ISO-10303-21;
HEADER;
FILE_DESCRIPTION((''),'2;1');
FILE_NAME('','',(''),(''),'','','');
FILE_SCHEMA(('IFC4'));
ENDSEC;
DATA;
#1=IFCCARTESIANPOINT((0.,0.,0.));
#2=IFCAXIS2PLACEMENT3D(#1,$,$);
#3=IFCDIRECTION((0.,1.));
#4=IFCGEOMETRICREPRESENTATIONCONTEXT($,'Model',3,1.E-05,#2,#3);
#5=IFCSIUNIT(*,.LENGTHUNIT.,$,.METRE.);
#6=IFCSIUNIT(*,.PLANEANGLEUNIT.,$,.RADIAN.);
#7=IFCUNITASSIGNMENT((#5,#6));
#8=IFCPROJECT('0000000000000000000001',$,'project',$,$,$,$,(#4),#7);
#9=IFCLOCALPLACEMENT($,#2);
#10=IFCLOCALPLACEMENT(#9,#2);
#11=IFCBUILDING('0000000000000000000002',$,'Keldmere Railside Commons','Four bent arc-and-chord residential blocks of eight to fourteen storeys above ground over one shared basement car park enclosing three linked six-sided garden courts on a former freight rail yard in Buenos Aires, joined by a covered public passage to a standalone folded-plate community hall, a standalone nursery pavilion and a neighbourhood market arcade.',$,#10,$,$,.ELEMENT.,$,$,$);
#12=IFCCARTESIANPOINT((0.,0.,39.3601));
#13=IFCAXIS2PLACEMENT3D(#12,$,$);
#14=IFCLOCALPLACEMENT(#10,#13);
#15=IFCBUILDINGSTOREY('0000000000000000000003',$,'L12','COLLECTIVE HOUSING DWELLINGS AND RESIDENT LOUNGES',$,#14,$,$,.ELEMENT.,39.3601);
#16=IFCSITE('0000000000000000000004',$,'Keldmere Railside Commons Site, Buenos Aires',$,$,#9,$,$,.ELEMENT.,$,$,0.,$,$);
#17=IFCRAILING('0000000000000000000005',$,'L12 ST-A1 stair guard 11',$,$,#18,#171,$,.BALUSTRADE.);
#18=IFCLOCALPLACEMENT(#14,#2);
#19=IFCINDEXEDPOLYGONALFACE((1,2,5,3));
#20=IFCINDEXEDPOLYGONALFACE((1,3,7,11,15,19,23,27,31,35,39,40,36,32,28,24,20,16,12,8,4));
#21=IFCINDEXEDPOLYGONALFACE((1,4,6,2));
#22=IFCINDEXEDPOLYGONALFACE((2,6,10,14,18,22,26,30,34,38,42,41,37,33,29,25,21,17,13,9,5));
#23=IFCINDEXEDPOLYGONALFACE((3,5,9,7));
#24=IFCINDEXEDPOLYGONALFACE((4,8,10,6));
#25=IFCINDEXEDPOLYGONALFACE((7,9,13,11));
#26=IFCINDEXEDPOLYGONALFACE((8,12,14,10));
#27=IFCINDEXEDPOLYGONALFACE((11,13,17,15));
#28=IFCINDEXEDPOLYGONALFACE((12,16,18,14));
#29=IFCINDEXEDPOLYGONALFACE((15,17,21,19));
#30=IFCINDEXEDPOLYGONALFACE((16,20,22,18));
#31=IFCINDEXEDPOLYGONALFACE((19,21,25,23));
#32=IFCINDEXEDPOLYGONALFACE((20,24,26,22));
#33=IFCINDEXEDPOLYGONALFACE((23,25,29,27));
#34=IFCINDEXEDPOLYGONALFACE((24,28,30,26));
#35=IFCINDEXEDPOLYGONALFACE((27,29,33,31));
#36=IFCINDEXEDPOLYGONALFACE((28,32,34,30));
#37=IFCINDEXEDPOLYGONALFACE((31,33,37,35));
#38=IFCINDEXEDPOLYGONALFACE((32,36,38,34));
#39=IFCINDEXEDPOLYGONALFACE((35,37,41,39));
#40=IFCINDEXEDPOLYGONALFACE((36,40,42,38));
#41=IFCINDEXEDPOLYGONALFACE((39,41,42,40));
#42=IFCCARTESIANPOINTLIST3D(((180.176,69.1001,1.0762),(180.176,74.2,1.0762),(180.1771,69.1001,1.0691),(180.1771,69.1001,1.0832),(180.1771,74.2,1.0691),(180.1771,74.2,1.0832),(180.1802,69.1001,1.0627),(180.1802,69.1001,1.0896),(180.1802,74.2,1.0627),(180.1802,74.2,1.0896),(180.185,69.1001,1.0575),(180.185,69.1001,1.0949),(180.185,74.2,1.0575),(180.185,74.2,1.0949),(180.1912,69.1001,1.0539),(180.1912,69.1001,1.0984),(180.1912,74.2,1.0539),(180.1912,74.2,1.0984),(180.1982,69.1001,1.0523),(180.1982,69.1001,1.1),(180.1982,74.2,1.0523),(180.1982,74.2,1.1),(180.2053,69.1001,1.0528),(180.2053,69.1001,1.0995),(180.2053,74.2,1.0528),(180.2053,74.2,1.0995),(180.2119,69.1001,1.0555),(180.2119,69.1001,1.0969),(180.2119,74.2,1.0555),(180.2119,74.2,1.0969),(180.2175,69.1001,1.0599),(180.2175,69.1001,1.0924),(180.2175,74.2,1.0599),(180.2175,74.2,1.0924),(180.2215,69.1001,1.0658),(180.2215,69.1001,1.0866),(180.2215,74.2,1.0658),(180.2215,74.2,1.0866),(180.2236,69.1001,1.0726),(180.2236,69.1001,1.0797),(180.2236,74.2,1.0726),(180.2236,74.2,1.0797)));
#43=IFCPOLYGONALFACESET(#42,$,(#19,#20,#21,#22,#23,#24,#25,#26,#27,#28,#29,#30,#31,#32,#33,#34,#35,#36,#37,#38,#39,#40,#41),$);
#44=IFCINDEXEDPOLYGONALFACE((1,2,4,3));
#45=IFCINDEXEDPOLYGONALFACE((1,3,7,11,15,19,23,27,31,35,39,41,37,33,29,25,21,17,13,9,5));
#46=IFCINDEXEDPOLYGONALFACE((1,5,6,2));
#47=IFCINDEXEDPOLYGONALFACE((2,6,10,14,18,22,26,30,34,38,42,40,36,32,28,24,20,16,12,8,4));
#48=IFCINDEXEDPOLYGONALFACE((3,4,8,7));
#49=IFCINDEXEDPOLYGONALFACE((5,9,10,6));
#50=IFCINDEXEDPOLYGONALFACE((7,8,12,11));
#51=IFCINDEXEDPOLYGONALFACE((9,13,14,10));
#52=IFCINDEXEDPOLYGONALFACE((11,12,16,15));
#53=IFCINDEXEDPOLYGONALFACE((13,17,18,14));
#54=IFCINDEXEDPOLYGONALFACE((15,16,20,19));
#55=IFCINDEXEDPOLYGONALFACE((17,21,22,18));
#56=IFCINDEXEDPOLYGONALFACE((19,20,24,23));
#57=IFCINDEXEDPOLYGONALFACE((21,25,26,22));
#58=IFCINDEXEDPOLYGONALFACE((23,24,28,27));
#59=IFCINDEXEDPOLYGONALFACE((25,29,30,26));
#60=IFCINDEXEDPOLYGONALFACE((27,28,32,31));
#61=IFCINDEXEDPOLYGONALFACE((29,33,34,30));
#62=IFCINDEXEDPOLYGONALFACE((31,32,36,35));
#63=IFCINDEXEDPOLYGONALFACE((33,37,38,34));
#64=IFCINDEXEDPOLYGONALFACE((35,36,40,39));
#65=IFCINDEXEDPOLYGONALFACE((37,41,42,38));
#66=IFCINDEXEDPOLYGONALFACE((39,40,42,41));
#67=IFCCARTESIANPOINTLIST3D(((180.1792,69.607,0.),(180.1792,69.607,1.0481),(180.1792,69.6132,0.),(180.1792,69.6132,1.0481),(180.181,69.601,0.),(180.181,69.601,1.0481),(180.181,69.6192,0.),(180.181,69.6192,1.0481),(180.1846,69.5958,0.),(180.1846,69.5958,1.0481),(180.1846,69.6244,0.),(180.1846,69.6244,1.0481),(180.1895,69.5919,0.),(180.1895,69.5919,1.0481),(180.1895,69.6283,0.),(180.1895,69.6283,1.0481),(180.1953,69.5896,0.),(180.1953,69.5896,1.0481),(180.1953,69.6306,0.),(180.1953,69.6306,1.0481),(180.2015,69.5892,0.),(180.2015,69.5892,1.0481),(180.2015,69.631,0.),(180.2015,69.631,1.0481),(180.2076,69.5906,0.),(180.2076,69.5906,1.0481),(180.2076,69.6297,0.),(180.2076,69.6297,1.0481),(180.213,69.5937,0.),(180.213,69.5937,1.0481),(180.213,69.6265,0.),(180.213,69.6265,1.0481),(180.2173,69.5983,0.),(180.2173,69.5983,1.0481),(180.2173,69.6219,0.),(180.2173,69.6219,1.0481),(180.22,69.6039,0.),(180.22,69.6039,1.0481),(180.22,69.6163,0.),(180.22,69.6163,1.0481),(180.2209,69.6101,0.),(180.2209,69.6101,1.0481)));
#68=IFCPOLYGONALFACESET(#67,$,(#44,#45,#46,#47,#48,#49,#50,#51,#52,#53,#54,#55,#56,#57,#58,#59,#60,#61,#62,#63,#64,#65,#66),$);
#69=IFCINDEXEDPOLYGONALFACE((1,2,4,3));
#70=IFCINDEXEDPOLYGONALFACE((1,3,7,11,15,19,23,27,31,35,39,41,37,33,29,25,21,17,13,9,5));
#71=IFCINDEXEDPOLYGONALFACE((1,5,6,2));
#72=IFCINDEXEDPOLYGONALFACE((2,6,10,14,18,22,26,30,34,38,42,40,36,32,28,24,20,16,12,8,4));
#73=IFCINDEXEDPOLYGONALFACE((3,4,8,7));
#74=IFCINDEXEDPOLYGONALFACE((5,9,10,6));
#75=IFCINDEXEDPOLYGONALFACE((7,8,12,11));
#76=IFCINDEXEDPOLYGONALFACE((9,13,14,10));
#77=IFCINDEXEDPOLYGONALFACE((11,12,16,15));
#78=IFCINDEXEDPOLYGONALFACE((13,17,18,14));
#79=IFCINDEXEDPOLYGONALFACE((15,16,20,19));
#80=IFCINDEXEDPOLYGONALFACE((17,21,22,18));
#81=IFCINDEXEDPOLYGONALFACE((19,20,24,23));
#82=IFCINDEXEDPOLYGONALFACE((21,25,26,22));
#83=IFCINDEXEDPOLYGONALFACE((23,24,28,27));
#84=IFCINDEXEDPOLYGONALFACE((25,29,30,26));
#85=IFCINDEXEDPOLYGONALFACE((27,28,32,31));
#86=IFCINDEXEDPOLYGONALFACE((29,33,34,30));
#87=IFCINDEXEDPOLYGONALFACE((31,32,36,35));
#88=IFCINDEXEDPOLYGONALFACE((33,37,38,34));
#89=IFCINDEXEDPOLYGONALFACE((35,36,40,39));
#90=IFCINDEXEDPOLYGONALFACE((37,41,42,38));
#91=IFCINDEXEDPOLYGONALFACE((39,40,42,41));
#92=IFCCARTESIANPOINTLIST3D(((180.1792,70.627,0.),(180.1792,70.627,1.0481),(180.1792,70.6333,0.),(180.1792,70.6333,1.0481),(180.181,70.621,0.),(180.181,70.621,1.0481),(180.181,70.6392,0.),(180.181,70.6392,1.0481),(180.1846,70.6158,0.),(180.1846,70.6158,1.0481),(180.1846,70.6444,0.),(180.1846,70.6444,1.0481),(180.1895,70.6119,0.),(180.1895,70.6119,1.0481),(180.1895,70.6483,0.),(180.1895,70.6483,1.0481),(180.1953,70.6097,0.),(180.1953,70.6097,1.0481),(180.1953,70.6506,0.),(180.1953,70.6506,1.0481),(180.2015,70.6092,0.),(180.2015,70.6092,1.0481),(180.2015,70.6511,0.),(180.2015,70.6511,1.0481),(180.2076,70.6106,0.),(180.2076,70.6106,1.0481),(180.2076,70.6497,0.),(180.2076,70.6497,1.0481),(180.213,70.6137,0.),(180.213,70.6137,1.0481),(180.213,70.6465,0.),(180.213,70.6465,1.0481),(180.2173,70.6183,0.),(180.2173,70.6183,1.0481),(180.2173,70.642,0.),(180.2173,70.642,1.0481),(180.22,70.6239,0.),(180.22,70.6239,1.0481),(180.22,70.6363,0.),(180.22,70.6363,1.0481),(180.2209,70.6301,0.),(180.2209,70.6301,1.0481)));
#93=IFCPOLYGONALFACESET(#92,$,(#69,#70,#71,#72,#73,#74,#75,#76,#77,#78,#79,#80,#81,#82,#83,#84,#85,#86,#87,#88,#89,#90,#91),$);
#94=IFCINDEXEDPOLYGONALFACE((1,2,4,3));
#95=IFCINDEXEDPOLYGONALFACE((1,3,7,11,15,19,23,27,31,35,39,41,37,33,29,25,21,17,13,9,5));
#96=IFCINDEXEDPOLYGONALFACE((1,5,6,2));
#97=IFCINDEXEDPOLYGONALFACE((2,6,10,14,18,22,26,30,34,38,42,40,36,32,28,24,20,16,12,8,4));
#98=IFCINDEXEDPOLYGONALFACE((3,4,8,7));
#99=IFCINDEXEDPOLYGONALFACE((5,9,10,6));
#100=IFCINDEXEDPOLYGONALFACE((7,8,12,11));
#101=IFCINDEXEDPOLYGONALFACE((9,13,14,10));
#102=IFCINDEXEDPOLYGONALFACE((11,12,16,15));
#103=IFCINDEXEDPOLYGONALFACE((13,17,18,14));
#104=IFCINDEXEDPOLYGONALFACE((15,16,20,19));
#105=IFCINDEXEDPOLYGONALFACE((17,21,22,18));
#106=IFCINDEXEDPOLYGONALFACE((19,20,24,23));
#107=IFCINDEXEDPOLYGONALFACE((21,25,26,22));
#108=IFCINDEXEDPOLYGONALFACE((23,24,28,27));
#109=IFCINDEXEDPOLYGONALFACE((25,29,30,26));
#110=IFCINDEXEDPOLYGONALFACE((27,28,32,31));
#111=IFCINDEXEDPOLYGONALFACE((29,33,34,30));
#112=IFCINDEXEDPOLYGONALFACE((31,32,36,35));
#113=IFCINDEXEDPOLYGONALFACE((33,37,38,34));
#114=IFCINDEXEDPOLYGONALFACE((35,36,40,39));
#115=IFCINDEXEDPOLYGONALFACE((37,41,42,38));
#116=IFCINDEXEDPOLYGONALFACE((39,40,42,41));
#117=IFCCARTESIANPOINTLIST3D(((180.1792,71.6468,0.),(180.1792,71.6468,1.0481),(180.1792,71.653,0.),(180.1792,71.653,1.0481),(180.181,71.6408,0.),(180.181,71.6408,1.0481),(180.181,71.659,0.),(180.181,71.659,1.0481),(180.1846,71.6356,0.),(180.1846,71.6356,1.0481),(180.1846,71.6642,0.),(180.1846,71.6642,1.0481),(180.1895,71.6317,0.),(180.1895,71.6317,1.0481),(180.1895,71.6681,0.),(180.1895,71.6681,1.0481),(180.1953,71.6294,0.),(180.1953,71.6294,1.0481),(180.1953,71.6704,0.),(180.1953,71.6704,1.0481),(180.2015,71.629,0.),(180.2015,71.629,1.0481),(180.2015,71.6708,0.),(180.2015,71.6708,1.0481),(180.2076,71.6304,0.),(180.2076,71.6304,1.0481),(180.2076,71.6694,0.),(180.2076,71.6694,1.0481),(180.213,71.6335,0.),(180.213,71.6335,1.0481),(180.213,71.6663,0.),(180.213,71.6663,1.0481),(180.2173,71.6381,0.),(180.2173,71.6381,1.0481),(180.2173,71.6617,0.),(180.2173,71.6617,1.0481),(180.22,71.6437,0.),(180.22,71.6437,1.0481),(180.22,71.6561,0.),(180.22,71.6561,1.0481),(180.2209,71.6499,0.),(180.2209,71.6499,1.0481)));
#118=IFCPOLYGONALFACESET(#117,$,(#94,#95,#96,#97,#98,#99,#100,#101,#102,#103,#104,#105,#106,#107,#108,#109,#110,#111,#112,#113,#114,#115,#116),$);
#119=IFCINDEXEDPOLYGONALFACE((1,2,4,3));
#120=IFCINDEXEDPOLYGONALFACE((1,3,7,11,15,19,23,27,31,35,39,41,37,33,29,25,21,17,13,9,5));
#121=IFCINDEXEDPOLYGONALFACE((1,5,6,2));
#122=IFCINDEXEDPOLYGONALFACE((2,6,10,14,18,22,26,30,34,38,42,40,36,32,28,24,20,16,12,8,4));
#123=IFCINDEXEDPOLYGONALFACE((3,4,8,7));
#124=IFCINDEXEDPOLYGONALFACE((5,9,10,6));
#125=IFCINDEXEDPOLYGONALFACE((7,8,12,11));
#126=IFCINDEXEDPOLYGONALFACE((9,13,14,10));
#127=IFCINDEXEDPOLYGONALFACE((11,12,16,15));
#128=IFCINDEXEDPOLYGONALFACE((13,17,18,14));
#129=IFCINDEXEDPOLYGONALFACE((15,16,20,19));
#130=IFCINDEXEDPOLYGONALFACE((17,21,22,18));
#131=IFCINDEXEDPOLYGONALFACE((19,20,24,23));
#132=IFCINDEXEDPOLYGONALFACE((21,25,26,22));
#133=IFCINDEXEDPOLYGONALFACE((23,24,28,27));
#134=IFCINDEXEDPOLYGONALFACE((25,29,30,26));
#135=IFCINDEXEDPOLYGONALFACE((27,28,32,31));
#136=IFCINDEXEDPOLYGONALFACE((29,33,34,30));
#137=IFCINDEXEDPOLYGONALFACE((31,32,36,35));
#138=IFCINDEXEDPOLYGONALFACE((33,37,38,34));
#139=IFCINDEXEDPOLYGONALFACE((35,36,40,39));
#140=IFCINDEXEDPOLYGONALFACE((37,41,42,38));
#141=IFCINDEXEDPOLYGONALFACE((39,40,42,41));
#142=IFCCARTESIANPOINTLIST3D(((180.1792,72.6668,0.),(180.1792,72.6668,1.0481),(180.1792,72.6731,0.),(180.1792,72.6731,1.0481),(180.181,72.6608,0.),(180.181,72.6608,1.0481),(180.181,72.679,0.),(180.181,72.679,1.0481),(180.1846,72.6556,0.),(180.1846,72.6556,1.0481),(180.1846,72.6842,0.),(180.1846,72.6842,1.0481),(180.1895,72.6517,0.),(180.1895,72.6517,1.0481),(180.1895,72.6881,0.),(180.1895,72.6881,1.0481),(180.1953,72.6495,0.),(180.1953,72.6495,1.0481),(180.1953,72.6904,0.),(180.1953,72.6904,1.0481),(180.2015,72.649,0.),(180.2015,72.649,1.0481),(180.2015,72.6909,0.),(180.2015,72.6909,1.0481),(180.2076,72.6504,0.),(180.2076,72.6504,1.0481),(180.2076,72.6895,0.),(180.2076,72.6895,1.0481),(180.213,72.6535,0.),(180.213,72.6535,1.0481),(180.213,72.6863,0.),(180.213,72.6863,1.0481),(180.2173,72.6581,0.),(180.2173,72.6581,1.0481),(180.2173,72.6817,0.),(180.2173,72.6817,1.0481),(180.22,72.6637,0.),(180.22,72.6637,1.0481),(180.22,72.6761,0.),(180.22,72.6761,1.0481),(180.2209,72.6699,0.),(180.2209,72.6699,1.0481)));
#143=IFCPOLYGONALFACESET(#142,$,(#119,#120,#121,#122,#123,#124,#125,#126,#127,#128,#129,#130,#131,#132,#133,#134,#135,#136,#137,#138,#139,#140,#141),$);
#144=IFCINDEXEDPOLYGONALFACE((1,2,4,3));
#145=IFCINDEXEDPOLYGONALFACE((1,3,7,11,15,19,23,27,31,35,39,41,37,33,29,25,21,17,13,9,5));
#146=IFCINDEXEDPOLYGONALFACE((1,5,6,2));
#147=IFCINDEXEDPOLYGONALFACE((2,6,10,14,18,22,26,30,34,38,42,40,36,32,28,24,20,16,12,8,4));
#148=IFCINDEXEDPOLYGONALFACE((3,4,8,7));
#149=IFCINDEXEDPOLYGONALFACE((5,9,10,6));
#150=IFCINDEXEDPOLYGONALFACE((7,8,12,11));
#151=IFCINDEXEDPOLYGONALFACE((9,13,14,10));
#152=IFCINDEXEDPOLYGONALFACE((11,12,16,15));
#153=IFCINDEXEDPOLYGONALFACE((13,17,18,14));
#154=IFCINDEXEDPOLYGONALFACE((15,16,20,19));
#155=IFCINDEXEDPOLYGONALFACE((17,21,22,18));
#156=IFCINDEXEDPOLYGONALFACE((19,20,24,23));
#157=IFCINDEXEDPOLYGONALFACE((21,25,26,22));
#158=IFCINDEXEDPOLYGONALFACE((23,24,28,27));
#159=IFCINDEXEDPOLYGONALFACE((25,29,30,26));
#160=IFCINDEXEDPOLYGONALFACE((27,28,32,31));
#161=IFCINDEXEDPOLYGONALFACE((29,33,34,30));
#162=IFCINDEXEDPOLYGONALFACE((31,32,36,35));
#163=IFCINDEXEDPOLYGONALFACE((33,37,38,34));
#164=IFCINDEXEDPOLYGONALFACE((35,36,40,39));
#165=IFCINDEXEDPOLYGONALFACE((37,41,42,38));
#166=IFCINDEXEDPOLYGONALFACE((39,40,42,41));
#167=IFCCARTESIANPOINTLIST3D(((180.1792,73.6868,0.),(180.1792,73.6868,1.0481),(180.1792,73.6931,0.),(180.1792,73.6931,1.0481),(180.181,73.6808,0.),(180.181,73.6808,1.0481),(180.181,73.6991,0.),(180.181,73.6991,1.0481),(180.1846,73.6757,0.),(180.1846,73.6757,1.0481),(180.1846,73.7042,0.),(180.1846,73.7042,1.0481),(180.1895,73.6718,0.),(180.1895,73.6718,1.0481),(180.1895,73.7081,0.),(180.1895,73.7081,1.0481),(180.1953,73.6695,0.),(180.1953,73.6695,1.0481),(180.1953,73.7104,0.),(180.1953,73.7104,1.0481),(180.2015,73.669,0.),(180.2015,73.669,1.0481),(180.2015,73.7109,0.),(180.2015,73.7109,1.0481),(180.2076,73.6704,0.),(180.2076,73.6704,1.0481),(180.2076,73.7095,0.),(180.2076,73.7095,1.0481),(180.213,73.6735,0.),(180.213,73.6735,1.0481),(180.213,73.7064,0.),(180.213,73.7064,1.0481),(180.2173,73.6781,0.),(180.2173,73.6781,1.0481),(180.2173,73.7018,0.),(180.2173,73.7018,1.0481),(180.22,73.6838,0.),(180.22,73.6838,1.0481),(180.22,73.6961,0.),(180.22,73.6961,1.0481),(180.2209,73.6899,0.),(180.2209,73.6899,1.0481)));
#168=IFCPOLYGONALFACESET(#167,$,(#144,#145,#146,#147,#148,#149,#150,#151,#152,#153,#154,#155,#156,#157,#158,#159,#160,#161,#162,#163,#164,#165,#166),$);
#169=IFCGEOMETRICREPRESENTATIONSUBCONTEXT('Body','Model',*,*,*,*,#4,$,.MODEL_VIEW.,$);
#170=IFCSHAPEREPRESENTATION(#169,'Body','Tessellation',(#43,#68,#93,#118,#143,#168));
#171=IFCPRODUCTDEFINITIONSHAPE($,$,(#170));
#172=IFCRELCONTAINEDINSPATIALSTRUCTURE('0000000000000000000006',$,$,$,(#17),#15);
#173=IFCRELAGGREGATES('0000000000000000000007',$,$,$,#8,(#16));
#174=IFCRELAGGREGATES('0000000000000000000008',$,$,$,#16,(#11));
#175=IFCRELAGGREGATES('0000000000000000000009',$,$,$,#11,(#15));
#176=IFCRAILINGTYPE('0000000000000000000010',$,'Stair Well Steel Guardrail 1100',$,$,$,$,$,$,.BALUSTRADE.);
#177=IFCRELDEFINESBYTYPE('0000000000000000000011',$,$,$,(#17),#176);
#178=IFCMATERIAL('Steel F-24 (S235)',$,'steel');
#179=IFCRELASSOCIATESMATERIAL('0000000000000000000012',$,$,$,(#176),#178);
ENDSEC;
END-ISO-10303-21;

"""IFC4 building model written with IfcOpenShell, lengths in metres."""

from ifc_helpers import new_model, si_unit, direction, frame, origin, origin_2d, place, context, subcontext, project, spatial, circle, extrude, material, type_object, element, save


model = new_model("IFC4")

# Units and contexts
model_context = context("Model", 3, precision=1e-05, world=origin(), true_north=direction((0.0, 1.0)))
body_context = subcontext(model_context, "Body", "Model", "MODEL_VIEW")
ifc_project = project(units=[si_unit("LENGTHUNIT", "METRE"), si_unit("PLANEANGLEUNIT", "RADIAN")], contexts=[model_context])

# Site, building, storey
site_placement = place(None, origin())
site = spatial("IfcSite", under=ifc_project, at=site_placement, Name="Keldmere Railside Commons Site, Buenos Aires", CompositionType="ELEMENT", RefElevation=0.0)
building_placement = place(site_placement, origin())
building = spatial("IfcBuilding", under=site, at=building_placement, Name="Keldmere Railside Commons", Description="Four bent arc-and-chord residential blocks of eight to fourteen storeys above ground over one shared basement car park enclosing three linked six-sided garden courts on a former freight rail yard in Buenos Aires, joined by a covered public passage to a standalone folded-plate community hall, a standalone nursery pavilion and a neighbourhood market arcade.", CompositionType="ELEMENT")
storey_placement = place(building_placement, frame((0.0, 0.0, 39.3601)))
storey = spatial("IfcBuildingStorey", under=building, at=storey_placement, Name="L12", Description="COLLECTIVE HOUSING DWELLINGS AND RESIDENT LOUNGES", CompositionType="ELEMENT", Elevation=39.3601)

# Shared definitions
ifc_material_1 = material(Name="Steel F-24 (S235)", Category="steel")

# Railing
railing_type = type_object("IfcRailingType", Name="Stair Well Steel Guardrail 1100", PredefinedType="BALUSTRADE", material=ifc_material_1)
railing_1_placement = place(storey_placement, frame((180.2, 69.1001, 0.0)))
element("IfcRailing", 1, at=railing_1_placement, inside=storey, type_object=railing_type, Name="L12 ST-A1 stair guard 11", PredefinedType="BALUSTRADE", context=body_context, shape_type="SweptSolid", body=[
    extrude(circle(Radius=0.0239, at=origin_2d()), frame((0.0, 0.0, 1.0762), z_axis=(0.0, 1.0, 0.0), x_axis=(-1.0, 0.0, 0.0)), (0.0, 0.0, 1.0), 5.0999),
    extrude(circle(Radius=0.021, at=origin_2d()), frame((0.0, 0.51, 0.0)), (0.0, 0.0, 1.0), 1.0481),
    extrude(circle(Radius=0.021, at=origin_2d()), frame((0.0, 1.53, 0.0)), (0.0, 0.0, 1.0), 1.0481),
    extrude(circle(Radius=0.021, at=origin_2d()), frame((0.0, 2.5498, 0.0)), (0.0, 0.0, 1.0), 1.0481),
    extrude(circle(Radius=0.021, at=origin_2d()), frame((0.0, 3.5698, 0.0)), (0.0, 0.0, 1.0), 1.0481),
    extrude(circle(Radius=0.021, at=origin_2d()), frame((0.0, 4.5898, 0.0)), (0.0, 0.0, 1.0), 1.0481),
])

save(model, "model.ifc")
